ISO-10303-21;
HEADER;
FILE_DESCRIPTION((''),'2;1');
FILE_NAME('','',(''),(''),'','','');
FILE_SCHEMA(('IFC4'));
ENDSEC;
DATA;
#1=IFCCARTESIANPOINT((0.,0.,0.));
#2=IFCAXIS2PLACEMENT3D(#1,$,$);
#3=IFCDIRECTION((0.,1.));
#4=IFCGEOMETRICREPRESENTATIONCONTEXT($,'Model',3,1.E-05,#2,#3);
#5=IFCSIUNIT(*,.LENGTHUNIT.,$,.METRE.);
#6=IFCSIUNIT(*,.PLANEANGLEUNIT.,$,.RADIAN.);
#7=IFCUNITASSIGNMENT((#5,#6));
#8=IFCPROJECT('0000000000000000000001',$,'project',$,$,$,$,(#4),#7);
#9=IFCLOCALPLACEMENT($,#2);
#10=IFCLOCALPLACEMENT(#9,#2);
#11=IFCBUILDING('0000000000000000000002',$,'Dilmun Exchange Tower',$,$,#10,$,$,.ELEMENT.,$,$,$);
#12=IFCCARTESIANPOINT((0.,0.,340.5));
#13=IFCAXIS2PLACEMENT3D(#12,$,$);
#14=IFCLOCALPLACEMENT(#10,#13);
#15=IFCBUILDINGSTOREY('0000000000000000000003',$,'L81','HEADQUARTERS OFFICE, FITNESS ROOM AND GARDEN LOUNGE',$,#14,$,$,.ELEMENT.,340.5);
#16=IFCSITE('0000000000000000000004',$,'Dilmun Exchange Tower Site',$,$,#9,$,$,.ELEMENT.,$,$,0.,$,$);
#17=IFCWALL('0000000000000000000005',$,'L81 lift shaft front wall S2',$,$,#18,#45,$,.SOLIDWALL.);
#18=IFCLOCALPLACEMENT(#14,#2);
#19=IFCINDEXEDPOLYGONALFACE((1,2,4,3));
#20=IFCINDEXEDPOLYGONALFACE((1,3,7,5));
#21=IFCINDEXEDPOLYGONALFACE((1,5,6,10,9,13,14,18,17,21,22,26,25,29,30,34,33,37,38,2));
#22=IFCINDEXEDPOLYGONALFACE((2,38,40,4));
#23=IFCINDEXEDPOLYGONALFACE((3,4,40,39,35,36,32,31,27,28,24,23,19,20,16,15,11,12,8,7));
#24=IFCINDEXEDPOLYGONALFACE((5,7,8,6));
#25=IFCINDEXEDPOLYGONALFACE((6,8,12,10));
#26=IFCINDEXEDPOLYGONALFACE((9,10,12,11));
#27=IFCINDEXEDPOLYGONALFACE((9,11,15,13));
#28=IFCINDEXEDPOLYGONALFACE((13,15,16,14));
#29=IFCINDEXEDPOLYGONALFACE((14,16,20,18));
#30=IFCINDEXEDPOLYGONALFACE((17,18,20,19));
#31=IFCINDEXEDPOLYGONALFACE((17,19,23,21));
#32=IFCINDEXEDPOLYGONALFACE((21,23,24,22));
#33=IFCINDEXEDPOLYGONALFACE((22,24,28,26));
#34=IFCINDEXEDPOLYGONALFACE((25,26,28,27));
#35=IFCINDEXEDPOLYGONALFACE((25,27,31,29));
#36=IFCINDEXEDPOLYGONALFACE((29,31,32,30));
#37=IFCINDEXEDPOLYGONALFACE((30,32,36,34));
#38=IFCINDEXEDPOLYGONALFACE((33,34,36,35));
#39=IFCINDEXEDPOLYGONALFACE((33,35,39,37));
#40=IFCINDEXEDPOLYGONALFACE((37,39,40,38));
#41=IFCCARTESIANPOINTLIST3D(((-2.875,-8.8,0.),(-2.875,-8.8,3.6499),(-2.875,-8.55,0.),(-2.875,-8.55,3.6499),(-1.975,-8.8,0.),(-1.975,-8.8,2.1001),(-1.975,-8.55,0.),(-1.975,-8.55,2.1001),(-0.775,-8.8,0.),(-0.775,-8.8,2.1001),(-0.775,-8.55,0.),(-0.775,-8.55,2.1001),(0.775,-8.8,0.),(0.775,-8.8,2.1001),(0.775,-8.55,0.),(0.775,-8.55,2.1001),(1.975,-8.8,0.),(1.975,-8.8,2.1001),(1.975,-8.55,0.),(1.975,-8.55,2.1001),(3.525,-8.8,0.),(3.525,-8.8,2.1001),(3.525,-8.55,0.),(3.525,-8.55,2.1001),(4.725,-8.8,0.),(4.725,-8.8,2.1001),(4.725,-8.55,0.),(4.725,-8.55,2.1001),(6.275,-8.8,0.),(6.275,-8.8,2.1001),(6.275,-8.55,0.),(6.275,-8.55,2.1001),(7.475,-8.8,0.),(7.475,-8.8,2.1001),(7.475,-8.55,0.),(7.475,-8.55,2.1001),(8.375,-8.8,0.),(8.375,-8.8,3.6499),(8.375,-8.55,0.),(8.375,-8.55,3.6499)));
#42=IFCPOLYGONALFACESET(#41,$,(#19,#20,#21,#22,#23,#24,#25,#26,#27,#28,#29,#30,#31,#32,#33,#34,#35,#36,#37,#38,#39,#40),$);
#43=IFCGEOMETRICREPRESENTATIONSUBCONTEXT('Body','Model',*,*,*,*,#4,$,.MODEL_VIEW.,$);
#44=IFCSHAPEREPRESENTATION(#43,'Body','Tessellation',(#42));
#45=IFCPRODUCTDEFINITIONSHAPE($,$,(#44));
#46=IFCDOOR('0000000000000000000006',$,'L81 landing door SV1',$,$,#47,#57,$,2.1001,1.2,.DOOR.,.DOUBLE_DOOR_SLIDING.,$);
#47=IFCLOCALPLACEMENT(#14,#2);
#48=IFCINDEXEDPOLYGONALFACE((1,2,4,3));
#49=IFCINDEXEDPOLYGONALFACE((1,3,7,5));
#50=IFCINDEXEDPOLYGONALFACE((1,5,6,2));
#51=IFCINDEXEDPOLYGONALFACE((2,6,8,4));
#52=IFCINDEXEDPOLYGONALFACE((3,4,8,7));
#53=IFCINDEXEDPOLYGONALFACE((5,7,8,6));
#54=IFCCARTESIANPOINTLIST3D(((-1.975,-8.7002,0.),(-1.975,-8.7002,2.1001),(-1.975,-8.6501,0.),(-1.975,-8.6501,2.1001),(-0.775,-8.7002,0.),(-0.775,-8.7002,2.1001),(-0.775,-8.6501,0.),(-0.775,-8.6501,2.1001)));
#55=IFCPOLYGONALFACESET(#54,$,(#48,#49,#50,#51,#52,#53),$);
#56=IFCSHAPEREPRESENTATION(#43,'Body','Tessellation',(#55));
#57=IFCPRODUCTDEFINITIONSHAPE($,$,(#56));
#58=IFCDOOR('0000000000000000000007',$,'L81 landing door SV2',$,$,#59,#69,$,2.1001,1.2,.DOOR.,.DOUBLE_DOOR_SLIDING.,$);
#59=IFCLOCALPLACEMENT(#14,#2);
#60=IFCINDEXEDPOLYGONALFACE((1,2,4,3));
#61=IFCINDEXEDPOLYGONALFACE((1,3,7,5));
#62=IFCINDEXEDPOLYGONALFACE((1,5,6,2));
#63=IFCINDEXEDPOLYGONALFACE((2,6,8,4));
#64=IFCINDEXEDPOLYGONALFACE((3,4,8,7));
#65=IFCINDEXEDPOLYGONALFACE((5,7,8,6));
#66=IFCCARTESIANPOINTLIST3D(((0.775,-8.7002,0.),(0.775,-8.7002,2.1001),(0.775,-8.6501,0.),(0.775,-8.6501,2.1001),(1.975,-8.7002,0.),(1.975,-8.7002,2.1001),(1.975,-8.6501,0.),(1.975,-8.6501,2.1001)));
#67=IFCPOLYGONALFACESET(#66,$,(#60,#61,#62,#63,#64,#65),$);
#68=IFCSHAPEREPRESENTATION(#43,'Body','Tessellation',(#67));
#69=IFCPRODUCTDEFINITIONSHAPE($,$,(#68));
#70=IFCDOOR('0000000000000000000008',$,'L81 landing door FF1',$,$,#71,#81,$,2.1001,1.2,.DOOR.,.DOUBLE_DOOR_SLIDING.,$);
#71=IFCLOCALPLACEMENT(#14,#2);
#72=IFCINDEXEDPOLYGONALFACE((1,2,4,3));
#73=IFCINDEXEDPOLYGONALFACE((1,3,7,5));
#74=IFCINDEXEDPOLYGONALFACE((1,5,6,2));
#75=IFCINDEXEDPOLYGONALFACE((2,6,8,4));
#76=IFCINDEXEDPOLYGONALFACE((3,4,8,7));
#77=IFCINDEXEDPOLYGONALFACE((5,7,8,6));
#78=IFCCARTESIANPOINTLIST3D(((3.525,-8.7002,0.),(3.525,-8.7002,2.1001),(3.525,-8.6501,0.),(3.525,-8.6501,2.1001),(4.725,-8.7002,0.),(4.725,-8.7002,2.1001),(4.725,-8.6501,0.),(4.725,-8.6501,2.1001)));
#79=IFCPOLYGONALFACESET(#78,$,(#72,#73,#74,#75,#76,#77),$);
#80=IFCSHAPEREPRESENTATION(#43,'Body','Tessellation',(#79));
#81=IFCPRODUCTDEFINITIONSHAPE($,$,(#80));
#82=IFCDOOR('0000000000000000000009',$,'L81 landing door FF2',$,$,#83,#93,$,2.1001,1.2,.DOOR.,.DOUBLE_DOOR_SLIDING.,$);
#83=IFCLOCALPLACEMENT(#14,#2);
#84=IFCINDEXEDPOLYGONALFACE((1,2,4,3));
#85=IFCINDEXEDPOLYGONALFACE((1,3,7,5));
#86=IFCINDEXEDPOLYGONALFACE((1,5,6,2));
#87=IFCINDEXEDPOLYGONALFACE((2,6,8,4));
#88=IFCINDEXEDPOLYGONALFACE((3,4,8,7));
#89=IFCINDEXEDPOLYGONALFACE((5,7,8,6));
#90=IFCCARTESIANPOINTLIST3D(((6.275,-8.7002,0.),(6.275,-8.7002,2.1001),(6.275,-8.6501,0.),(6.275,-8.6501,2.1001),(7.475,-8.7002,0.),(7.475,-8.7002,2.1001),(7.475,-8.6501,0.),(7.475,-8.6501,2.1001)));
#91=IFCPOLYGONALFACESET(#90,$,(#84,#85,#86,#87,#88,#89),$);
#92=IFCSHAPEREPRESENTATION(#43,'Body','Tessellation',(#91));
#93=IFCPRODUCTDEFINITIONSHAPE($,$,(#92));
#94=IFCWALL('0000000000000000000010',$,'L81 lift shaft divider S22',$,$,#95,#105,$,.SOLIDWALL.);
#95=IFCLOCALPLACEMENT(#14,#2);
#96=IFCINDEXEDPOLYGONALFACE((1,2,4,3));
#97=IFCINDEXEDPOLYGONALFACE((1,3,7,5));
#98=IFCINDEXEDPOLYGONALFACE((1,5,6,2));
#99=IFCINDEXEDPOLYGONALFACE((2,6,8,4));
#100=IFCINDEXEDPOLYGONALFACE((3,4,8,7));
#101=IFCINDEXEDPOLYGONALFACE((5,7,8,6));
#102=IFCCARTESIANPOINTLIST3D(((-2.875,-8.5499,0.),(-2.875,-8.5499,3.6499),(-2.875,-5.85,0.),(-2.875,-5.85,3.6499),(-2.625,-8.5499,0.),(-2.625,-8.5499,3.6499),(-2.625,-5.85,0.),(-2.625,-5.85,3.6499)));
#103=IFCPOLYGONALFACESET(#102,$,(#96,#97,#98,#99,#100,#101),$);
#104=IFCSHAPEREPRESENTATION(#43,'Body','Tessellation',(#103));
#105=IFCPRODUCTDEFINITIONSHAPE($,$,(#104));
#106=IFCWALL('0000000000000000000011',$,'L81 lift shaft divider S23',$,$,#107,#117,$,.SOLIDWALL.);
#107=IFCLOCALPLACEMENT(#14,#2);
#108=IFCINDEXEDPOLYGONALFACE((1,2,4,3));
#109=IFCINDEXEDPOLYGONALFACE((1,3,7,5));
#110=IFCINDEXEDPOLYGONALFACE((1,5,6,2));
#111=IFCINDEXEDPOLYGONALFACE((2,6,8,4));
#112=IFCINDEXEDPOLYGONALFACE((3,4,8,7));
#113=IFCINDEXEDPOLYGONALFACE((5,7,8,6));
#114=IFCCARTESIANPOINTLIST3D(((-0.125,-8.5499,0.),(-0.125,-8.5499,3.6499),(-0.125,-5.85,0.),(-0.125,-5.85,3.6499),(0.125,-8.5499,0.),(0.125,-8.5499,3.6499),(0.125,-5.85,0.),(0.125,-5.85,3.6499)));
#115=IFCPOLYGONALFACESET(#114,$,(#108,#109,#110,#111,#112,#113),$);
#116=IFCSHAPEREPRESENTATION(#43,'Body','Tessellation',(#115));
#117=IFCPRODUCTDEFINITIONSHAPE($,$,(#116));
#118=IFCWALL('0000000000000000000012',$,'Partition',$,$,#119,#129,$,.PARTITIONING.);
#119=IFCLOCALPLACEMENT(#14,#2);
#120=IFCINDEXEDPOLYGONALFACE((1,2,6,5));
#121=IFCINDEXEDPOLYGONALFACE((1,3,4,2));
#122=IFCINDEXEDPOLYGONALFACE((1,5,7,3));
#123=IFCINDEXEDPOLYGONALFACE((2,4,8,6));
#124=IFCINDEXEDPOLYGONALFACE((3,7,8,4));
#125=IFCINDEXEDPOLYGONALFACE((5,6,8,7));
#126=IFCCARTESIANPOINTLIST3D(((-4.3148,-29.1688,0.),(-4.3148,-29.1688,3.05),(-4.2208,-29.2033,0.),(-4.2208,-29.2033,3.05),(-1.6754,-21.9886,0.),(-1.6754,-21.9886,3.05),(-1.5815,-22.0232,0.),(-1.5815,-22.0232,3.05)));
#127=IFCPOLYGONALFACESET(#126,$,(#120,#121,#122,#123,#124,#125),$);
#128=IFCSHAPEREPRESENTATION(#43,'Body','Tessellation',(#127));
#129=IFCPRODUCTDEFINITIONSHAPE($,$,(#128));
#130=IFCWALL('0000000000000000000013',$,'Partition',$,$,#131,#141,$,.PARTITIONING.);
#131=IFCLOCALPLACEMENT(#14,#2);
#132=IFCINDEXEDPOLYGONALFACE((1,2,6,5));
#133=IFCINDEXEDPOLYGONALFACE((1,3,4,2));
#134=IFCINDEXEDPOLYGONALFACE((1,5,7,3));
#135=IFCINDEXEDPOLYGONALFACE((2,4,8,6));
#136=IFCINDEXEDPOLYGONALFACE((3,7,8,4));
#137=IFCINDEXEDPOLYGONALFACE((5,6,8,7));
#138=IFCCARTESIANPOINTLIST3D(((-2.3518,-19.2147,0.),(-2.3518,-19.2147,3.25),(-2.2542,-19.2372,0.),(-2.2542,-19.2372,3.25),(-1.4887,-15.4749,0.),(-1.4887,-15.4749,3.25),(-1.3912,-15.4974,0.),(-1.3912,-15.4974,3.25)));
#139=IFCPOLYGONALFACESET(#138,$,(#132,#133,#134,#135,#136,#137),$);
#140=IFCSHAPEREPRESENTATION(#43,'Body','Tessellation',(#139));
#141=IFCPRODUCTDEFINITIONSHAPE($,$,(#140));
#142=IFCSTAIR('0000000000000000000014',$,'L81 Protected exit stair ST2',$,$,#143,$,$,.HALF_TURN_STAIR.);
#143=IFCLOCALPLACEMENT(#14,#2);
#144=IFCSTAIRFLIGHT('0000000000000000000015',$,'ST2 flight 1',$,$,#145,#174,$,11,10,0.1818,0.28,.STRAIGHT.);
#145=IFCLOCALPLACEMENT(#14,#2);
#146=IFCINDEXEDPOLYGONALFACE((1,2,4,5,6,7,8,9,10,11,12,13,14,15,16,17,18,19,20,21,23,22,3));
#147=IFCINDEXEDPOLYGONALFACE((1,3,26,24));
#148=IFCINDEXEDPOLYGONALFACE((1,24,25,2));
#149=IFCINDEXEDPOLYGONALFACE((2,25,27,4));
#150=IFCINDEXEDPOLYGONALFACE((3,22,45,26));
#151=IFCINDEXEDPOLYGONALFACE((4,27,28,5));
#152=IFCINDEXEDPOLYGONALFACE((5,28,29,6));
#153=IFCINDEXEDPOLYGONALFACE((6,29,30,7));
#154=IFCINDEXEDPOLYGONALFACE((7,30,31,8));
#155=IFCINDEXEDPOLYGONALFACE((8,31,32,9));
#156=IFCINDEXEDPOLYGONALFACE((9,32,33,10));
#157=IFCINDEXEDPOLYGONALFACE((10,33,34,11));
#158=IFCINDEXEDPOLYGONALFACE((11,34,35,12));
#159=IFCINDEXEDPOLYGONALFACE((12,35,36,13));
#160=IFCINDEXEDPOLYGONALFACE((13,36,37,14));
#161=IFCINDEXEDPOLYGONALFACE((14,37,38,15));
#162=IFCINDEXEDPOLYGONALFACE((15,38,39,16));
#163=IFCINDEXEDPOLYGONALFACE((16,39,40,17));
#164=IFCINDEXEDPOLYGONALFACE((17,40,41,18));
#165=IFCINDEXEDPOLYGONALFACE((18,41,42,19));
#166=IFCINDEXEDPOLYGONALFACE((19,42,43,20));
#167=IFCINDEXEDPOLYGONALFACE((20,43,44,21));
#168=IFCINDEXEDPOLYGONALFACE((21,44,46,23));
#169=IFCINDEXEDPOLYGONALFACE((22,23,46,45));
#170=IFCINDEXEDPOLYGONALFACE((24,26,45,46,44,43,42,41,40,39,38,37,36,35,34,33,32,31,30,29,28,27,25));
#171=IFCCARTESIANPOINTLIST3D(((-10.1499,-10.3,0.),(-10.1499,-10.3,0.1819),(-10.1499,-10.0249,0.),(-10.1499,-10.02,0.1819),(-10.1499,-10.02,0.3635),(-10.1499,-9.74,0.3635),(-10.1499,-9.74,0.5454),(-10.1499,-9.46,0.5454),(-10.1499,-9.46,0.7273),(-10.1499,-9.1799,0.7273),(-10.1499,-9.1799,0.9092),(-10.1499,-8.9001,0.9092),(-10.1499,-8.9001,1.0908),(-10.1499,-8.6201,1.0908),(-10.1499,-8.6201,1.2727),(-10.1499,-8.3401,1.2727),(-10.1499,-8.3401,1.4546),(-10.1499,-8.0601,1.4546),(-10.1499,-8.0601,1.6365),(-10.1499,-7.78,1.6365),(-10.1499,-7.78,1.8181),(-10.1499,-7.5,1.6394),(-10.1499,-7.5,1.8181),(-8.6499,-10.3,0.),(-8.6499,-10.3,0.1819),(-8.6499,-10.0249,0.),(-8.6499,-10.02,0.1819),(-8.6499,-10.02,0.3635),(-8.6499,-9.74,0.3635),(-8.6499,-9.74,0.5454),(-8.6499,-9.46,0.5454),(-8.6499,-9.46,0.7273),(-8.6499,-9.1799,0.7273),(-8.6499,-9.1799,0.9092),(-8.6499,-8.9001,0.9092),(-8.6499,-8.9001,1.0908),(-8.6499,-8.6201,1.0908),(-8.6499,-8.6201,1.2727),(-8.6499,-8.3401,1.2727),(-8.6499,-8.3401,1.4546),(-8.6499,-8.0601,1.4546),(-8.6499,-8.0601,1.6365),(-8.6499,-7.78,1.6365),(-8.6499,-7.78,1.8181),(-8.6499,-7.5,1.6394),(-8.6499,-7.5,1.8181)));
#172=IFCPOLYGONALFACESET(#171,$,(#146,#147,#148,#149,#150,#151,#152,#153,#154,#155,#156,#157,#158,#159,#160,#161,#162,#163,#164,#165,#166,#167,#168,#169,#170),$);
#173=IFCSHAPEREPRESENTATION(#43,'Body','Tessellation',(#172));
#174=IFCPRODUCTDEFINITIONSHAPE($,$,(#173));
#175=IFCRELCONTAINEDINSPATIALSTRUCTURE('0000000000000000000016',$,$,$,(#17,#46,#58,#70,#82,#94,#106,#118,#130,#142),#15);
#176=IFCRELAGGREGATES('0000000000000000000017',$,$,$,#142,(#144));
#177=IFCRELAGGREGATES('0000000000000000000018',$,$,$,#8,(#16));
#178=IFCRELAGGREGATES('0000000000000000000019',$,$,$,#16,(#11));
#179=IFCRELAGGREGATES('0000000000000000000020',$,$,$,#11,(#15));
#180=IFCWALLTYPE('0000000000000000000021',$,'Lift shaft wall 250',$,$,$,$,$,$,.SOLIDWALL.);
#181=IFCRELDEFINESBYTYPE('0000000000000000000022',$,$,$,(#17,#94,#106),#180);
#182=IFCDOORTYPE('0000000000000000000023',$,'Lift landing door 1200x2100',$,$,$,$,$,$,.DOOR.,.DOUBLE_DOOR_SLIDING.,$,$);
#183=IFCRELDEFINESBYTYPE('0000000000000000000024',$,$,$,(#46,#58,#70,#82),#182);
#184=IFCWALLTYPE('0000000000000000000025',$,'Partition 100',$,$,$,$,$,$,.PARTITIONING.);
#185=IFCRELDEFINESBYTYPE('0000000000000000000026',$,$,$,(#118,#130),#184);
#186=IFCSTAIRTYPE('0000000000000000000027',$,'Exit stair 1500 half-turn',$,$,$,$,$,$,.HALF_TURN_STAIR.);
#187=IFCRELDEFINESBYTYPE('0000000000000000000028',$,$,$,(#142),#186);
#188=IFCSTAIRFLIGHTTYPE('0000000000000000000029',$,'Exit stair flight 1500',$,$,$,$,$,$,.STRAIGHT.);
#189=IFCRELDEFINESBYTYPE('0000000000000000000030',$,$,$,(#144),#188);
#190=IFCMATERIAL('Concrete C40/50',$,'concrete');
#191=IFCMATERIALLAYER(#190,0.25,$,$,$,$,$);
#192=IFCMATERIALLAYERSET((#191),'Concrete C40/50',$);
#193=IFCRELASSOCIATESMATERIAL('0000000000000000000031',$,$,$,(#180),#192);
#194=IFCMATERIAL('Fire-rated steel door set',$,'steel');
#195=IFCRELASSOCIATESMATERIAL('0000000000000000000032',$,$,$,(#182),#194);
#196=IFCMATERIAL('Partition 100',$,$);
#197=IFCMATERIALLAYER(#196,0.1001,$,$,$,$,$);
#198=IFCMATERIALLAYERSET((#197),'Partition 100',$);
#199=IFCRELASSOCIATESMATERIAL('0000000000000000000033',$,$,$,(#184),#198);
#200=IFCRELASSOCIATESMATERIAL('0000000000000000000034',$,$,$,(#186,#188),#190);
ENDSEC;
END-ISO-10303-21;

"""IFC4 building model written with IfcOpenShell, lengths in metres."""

from ifc_helpers import new_model, si_unit, direction, frame, frame_2d, origin, place, context, subcontext, project, spatial, polyline, rectangle, outline, extrude, material, layer, layer_set, type_object, element, fill, aggregate, save


model = new_model("IFC4")

# Units and contexts
model_context = context("Model", 3, precision=1e-05, world=origin(), true_north=direction((0.0, 1.0)))
body_context = subcontext(model_context, "Body", "Model", "MODEL_VIEW")
ifc_project = project(units=[si_unit("LENGTHUNIT", "METRE"), si_unit("PLANEANGLEUNIT", "RADIAN")], contexts=[model_context])

# Site, building, storey
site_placement = place(None, origin())
site = spatial("IfcSite", under=ifc_project, at=site_placement, Name="Dilmun Exchange Tower Site", CompositionType="ELEMENT", RefElevation=0.0)
building_placement = place(site_placement, origin())
building = spatial("IfcBuilding", under=site, at=building_placement, Name="Dilmun Exchange Tower", CompositionType="ELEMENT")
storey_placement = place(building_placement, frame((0.0, 0.0, 340.5)))
storey = spatial("IfcBuildingStorey", under=building, at=storey_placement, Name="L81", Description="HEADQUARTERS OFFICE, FITNESS ROOM AND GARDEN LOUNGE", CompositionType="ELEMENT", Elevation=340.5)

# Shared definitions
ifc_material_1 = material(Name="Concrete C40/50", Category="concrete")

# Shared definitions
ifc_material_2 = material(Name="Fire-rated steel door set", Category="steel")

# Wall, openings, doors
ifc_layer_1 = layer(ifc_material_1, 0.25)
ifc_layer_set_1 = layer_set([ifc_layer_1], Name="Concrete C40/50")
wall_type_1 = type_object("IfcWallType", Name="Lift shaft wall 250", PredefinedType="SOLIDWALL", material=ifc_layer_set_1)
wall_1_placement = place(storey_placement, frame((-2.875, -8.675, 0.0), z_axis=(0.0, 0.0, 1.0), x_axis=(1.0, 0.0, 0.0)))
wall_1 = element("IfcWall", 1, at=wall_1_placement, inside=storey, type_object=wall_type_1, Name="L81 lift shaft front wall S2", PredefinedType="SOLIDWALL", context=body_context, shape_type="SweptSolid", body=[
    extrude(rectangle(XDim=11.25, YDim=0.25, at=frame_2d((5.625, 0.0))), origin(), (0.0, 0.0, 1.0), 3.6499),
])
opening_1_placement = place(wall_1_placement, frame((0.8999, 0.0, 0.0)))
opening_1 = element("IfcOpeningElement", 2, at=opening_1_placement, cuts=wall_1, PredefinedType="OPENING", context=body_context, shape_type="SweptSolid", body=[
    extrude(rectangle(XDim=1.2, YDim=2.1001, at=frame_2d((0.6001, 1.05))), frame((0.0, 0.135, 0.0), z_axis=(0.0, -1.0, 0.0), x_axis=(1.0, 0.0, 0.0)), (0.0, 0.0, 1.0), 0.27),
])
opening_2_placement = place(wall_1_placement, frame((3.6499, 0.0, 0.0)))
opening_2 = element("IfcOpeningElement", 3, at=opening_2_placement, cuts=wall_1, PredefinedType="OPENING", context=body_context, shape_type="SweptSolid", body=[
    extrude(rectangle(XDim=1.2, YDim=2.1001, at=frame_2d((0.6001, 1.05))), frame((0.0, 0.135, 0.0), z_axis=(0.0, -1.0, 0.0), x_axis=(1.0, 0.0, 0.0)), (0.0, 0.0, 1.0), 0.27),
])
opening_3_placement = place(wall_1_placement, frame((6.3999, 0.0, 0.0)))
opening_3 = element("IfcOpeningElement", 4, at=opening_3_placement, cuts=wall_1, PredefinedType="OPENING", context=body_context, shape_type="SweptSolid", body=[
    extrude(rectangle(XDim=1.2, YDim=2.1001, at=frame_2d((0.6001, 1.05))), frame((0.0, 0.135, 0.0), z_axis=(0.0, -1.0, 0.0), x_axis=(1.0, 0.0, 0.0)), (0.0, 0.0, 1.0), 0.27),
])
opening_4_placement = place(wall_1_placement, frame((9.1499, 0.0, 0.0)))
opening_4 = element("IfcOpeningElement", 5, at=opening_4_placement, cuts=wall_1, PredefinedType="OPENING", context=body_context, shape_type="SweptSolid", body=[
    extrude(rectangle(XDim=1.2, YDim=2.1001, at=frame_2d((0.6001, 1.05))), frame((0.0, 0.135, 0.0), z_axis=(0.0, -1.0, 0.0), x_axis=(1.0, 0.0, 0.0)), (0.0, 0.0, 1.0), 0.27),
])
door_type_1 = type_object("IfcDoorType", Name="Lift landing door 1200x2100", OperationType="DOUBLE_DOOR_SLIDING", PredefinedType="DOOR", material=ifc_material_2)
door_1_placement = place(opening_1_placement, origin())
door_1 = element("IfcDoor", 6, at=door_1_placement, inside=storey, type_object=door_type_1, Name="L81 landing door SV1", OperationType="DOUBLE_DOOR_SLIDING", OverallHeight=2.1001, OverallWidth=1.2, PredefinedType="DOOR", context=body_context, shape_type="SweptSolid", body=[
    extrude(rectangle(XDim=1.2, YDim=2.1001, at=frame_2d((0.6001, 1.05))), frame((0.0, 0.0249, 0.0), z_axis=(0.0, -1.0, 0.0), x_axis=(1.0, 0.0, 0.0)), (0.0, 0.0, 1.0), 0.05),
])
fill(opening_1, door_1)
door_2_placement = place(opening_2_placement, origin())
door_2 = element("IfcDoor", 7, at=door_2_placement, inside=storey, type_object=door_type_1, Name="L81 landing door SV2", OperationType="DOUBLE_DOOR_SLIDING", OverallHeight=2.1001, OverallWidth=1.2, PredefinedType="DOOR", context=body_context, shape_type="SweptSolid", body=[
    extrude(rectangle(XDim=1.2, YDim=2.1001, at=frame_2d((0.6001, 1.05))), frame((0.0, 0.0249, 0.0), z_axis=(0.0, -1.0, 0.0), x_axis=(1.0, 0.0, 0.0)), (0.0, 0.0, 1.0), 0.05),
])
fill(opening_2, door_2)
door_3_placement = place(opening_3_placement, origin())
door_3 = element("IfcDoor", 8, at=door_3_placement, inside=storey, type_object=door_type_1, Name="L81 landing door FF1", OperationType="DOUBLE_DOOR_SLIDING", OverallHeight=2.1001, OverallWidth=1.2, PredefinedType="DOOR", context=body_context, shape_type="SweptSolid", body=[
    extrude(rectangle(XDim=1.2, YDim=2.1001, at=frame_2d((0.6001, 1.05))), frame((0.0, 0.0249, 0.0), z_axis=(0.0, -1.0, 0.0), x_axis=(1.0, 0.0, 0.0)), (0.0, 0.0, 1.0), 0.05),
])
fill(opening_3, door_3)
door_4_placement = place(opening_4_placement, origin())
door_4 = element("IfcDoor", 9, at=door_4_placement, inside=storey, type_object=door_type_1, Name="L81 landing door FF2", OperationType="DOUBLE_DOOR_SLIDING", OverallHeight=2.1001, OverallWidth=1.2, PredefinedType="DOOR", context=body_context, shape_type="SweptSolid", body=[
    extrude(rectangle(XDim=1.2, YDim=2.1001, at=frame_2d((0.6001, 1.05))), frame((0.0, 0.0249, 0.0), z_axis=(0.0, -1.0, 0.0), x_axis=(1.0, 0.0, 0.0)), (0.0, 0.0, 1.0), 0.05),
])
fill(opening_4, door_4)

# Walls
for number, where, z_axis, x_axis, name in (
    (10, (-2.75, -8.55, 0.0), (0.0, 0.0, 1.0), (0.0, 1.0, 0.0), "L81 lift shaft divider S22"),
    (11, (0.0, -8.55, 0.0), (0.0, 0.0, 1.0), (0.0, 1.0, 0.0), "L81 lift shaft divider S23"),
):
    element("IfcWall", number, at=place(storey_placement, frame(where, z_axis=z_axis, x_axis=x_axis)), inside=storey, type_object=wall_type_1, Name=name, PredefinedType="SOLIDWALL", context=body_context, shape_type="SweptSolid", body=[
        extrude(rectangle(XDim=2.7, YDim=0.25, at=frame_2d((1.3501, 0.0))), origin(), (0.0, 0.0, 1.0), 3.6499),
    ])
ifc_material_3 = material(Name="Partition 100")
ifc_layer_2 = layer(ifc_material_3, 0.1001)
ifc_layer_set_2 = layer_set([ifc_layer_2], Name="Partition 100")
wall_type_2 = type_object("IfcWallType", Name="Partition 100", PredefinedType="PARTITIONING", material=ifc_layer_set_2)
wall_2_placement = place(storey_placement, frame((-4.2678, -29.186, 0.0), z_axis=(0.0, 0.0, 1.0), x_axis=(0.345023, 0.938594, 0.0)))
element("IfcWall", 12, at=wall_2_placement, inside=storey, type_object=wall_type_2, Name="Partition", PredefinedType="PARTITIONING", context=body_context, shape_type="SweptSolid", body=[
    extrude(rectangle(XDim=7.6499, YDim=0.1001, at=frame_2d((3.825, 0.0))), origin(), (0.0, 0.0, 1.0), 3.05),
])
wall_3_placement = place(storey_placement, frame((-2.303, -19.2258, 0.0), z_axis=(0.0, 0.0, 1.0), x_axis=(0.224864, 0.97439, 0.0)))
element("IfcWall", 13, at=wall_3_placement, inside=storey, type_object=wall_type_2, Name="Partition", PredefinedType="PARTITIONING", context=body_context, shape_type="SweptSolid", body=[
    extrude(rectangle(XDim=3.8381, YDim=0.1001, at=frame_2d((1.9189, 0.0))), origin(), (0.0, 0.0, 1.0), 3.25),
])

# Stair, stair flight
stair_type = type_object("IfcStairType", Name="Exit stair 1500 half-turn", PredefinedType="HALF_TURN_STAIR", material=ifc_material_1)
stair_placement = place(storey_placement, origin())
stair = element("IfcStair", 14, at=stair_placement, inside=storey, type_object=stair_type, Name="L81 Protected exit stair ST2", PredefinedType="HALF_TURN_STAIR")
stair_flight_type = type_object("IfcStairFlightType", Name="Exit stair flight 1500", PredefinedType="STRAIGHT", material=ifc_material_1)
stair_flight_placement = place(storey_placement, frame((-9.3999, -10.3, 0.0), z_axis=(0.0, 0.0, 1.0), x_axis=(0.0, 1.0, 0.0)))
stair_flight = element("IfcStairFlight", 15, at=stair_flight_placement, type_object=stair_flight_type, Name="ST2 flight 1", NumberOfRisers=11, NumberOfTreads=10, PredefinedType="STRAIGHT", RiserHeight=0.1818, TreadLength=0.28, context=body_context, shape_type="SweptSolid", body=[
    extrude(outline(polyline([(0.0, 0.0), (0.0, 0.1819), (0.28, 0.1819), (0.28, 0.3635), (0.5601, 0.3635), (0.5601, 0.5454), (0.8401, 0.5454), (0.8401, 0.7273), (1.1201, 0.7273), (1.1201, 0.9092), (1.3999, 0.9092), (1.3999, 1.0908), (1.6799, 1.0908), (1.6799, 1.2727), (1.96, 1.2727), (1.96, 1.4546), (2.24, 1.4546), (2.24, 1.6365), (2.52, 1.6365), (2.52, 1.8181), (2.8, 1.8181), (2.8, 2.0), (2.8, 1.6394), (0.2751, 0.0), (0.0, 0.0)])), frame((0.0, 0.75, 0.0), z_axis=(0.0, -1.0, 0.0), x_axis=(1.0, 0.0, 0.0)), (0.0, 0.0, 1.0), 1.5),
])
aggregate(stair, [stair_flight])

save(model, "model.ifc")
